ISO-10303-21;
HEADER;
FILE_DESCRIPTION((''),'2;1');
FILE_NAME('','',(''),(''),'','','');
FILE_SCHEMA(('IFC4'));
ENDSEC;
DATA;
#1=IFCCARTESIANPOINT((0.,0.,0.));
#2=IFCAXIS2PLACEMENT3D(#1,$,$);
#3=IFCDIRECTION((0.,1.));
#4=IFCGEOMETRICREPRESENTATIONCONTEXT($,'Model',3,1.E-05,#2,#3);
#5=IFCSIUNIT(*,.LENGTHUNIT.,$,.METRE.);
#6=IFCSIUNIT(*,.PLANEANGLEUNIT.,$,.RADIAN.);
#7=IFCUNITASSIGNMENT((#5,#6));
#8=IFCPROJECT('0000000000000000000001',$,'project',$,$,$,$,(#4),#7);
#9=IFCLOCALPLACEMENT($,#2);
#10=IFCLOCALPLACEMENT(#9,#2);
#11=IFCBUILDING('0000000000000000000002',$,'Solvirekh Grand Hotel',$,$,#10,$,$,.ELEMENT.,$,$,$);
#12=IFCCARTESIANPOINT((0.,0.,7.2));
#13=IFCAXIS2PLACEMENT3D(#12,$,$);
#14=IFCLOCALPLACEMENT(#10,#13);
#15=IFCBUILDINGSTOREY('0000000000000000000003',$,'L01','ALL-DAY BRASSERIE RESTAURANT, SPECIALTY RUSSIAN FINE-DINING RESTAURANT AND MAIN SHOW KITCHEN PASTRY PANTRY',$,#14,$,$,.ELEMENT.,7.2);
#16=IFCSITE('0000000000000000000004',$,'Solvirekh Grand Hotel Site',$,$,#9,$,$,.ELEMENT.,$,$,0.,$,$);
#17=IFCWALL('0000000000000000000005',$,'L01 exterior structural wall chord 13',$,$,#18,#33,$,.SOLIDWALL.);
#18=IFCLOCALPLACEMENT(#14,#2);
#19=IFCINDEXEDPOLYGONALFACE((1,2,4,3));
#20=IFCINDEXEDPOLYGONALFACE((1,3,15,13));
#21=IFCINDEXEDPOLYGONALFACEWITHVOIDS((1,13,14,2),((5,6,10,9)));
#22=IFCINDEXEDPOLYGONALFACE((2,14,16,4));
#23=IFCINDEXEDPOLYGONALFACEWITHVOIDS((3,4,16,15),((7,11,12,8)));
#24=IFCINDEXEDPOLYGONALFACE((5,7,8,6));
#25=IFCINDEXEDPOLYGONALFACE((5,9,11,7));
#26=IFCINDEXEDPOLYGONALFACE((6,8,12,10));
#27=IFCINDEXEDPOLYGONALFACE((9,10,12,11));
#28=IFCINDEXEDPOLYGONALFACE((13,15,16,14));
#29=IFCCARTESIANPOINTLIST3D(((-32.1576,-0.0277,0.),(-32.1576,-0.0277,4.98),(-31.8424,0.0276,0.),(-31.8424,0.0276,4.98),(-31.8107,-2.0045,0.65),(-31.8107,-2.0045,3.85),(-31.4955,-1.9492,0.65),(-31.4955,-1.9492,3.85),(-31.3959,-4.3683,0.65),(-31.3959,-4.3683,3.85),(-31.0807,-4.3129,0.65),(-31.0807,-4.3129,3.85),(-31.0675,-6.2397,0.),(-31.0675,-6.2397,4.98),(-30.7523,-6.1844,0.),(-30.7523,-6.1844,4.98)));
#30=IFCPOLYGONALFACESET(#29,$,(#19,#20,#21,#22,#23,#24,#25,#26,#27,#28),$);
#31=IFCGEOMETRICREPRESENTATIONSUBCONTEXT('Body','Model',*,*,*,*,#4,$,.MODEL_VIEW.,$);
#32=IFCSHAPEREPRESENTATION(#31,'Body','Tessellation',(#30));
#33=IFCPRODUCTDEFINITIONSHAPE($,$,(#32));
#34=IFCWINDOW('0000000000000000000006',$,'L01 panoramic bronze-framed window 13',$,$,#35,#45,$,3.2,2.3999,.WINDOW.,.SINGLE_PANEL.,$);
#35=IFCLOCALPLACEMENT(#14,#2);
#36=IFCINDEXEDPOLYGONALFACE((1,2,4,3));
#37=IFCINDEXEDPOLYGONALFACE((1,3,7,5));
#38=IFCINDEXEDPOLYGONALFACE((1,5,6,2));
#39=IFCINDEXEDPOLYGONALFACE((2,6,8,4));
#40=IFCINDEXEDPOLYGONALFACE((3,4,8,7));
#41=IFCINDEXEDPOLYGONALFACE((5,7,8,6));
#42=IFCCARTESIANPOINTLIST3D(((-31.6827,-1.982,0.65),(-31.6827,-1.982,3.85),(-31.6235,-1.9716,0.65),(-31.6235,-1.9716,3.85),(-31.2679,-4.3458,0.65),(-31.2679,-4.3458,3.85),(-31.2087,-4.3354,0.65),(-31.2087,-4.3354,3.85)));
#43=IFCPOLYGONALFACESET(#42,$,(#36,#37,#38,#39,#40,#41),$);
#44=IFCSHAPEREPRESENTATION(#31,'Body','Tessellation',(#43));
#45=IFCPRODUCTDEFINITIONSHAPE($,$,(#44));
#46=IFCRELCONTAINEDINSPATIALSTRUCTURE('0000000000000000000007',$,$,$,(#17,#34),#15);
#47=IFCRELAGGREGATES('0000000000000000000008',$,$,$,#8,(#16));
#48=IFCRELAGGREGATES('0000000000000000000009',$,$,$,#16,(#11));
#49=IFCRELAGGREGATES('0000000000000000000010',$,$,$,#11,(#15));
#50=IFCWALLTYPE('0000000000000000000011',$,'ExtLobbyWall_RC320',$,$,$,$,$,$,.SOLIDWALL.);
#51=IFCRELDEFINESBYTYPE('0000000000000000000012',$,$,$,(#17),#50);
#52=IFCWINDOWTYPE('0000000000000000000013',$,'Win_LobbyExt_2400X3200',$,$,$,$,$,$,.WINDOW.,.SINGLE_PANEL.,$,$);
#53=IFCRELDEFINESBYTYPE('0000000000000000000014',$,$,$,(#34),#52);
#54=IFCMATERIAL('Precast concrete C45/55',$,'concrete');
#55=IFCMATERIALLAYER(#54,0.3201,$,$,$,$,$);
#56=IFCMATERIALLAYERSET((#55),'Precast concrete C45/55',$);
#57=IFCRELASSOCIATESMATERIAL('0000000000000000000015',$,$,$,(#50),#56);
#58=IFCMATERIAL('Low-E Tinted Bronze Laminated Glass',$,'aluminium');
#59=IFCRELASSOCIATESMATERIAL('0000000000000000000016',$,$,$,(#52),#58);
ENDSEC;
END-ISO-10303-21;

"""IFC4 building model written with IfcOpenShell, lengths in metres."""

from ifc_helpers import new_model, si_unit, direction, frame, frame_2d, origin, place, context, subcontext, project, spatial, rectangle, extrude, material, layer, layer_set, type_object, element, fill, save


model = new_model("IFC4")

# Units and contexts
model_context = context("Model", 3, precision=1e-05, world=origin(), true_north=direction((0.0, 1.0)))
body_context = subcontext(model_context, "Body", "Model", "MODEL_VIEW")
ifc_project = project(units=[si_unit("LENGTHUNIT", "METRE"), si_unit("PLANEANGLEUNIT", "RADIAN")], contexts=[model_context])

# Site, building, storey
site_placement = place(None, origin())
site = spatial("IfcSite", under=ifc_project, at=site_placement, Name="Solvirekh Grand Hotel Site", CompositionType="ELEMENT", RefElevation=0.0)
building_placement = place(site_placement, origin())
building = spatial("IfcBuilding", under=site, at=building_placement, Name="Solvirekh Grand Hotel", CompositionType="ELEMENT")
storey_placement = place(building_placement, frame((0.0, 0.0, 7.2)))
storey = spatial("IfcBuildingStorey", under=building, at=storey_placement, Name="L01", Description="ALL-DAY BRASSERIE RESTAURANT, SPECIALTY RUSSIAN FINE-DINING RESTAURANT AND MAIN SHOW KITCHEN PASTRY PANTRY", CompositionType="ELEMENT", Elevation=7.2)

# Shared definitions
ifc_material_1 = material(Name="Low-E Tinted Bronze Laminated Glass", Category="aluminium")

# Wall, opening, window
ifc_material_2 = material(Name="Precast concrete C45/55", Category="concrete")
ifc_layer_1 = layer(ifc_material_2, 0.3201)
ifc_layer_set_1 = layer_set([ifc_layer_1], Name="Precast concrete C45/55")
wall_type = type_object("IfcWallType", Name="ExtLobbyWall_RC320", PredefinedType="SOLIDWALL", material=ifc_layer_set_1)
wall_placement = place(storey_placement, frame((-30.9099, -6.2119, 0.0), z_axis=(0.0, 0.0, 1.0), x_axis=(-0.172842, 0.98495, 0.0)))
wall = element("IfcWall", 1, at=wall_placement, inside=storey, type_object=wall_type, Name="L01 exterior structural wall chord 13", PredefinedType="SOLIDWALL", context=body_context, shape_type="SweptSolid", body=[
    extrude(rectangle(XDim=6.3069, YDim=0.3201, at=frame_2d((3.1533, 0.0))), origin(), (0.0, 0.0, 1.0), 4.98),
])
opening_placement = place(wall_placement, frame((1.8999, 0.0, 0.6499)))
opening = element("IfcOpeningElement", 2, at=opening_placement, cuts=wall, PredefinedType="OPENING", context=body_context, shape_type="SweptSolid", body=[
    extrude(rectangle(XDim=2.3999, YDim=3.2, at=frame_2d((1.2, 1.6001))), frame((0.0, 0.1699, 0.0), z_axis=(0.0, -1.0, 0.0), x_axis=(1.0, 0.0, 0.0)), (0.0, 0.0, 1.0), 0.3401),
])
window_type = type_object("IfcWindowType", Name="Win_LobbyExt_2400X3200", PartitioningType="SINGLE_PANEL", PredefinedType="WINDOW", material=ifc_material_1)
window_placement = place(opening_placement, origin())
window = element("IfcWindow", 3, at=window_placement, inside=storey, type_object=window_type, Name="L01 panoramic bronze-framed window 13", OverallHeight=3.2, OverallWidth=2.3999, PartitioningType="SINGLE_PANEL", PredefinedType="WINDOW", context=body_context, shape_type="SweptSolid", body=[
    extrude(rectangle(XDim=2.3999, YDim=3.2, at=frame_2d((1.2, 1.6001))), frame((0.0, 0.03, 0.0), z_axis=(0.0, -1.0, 0.0), x_axis=(1.0, 0.0, 0.0)), (0.0, 0.0, 1.0), 0.0601),
])
fill(opening, window)

save(model, "model.ifc")
